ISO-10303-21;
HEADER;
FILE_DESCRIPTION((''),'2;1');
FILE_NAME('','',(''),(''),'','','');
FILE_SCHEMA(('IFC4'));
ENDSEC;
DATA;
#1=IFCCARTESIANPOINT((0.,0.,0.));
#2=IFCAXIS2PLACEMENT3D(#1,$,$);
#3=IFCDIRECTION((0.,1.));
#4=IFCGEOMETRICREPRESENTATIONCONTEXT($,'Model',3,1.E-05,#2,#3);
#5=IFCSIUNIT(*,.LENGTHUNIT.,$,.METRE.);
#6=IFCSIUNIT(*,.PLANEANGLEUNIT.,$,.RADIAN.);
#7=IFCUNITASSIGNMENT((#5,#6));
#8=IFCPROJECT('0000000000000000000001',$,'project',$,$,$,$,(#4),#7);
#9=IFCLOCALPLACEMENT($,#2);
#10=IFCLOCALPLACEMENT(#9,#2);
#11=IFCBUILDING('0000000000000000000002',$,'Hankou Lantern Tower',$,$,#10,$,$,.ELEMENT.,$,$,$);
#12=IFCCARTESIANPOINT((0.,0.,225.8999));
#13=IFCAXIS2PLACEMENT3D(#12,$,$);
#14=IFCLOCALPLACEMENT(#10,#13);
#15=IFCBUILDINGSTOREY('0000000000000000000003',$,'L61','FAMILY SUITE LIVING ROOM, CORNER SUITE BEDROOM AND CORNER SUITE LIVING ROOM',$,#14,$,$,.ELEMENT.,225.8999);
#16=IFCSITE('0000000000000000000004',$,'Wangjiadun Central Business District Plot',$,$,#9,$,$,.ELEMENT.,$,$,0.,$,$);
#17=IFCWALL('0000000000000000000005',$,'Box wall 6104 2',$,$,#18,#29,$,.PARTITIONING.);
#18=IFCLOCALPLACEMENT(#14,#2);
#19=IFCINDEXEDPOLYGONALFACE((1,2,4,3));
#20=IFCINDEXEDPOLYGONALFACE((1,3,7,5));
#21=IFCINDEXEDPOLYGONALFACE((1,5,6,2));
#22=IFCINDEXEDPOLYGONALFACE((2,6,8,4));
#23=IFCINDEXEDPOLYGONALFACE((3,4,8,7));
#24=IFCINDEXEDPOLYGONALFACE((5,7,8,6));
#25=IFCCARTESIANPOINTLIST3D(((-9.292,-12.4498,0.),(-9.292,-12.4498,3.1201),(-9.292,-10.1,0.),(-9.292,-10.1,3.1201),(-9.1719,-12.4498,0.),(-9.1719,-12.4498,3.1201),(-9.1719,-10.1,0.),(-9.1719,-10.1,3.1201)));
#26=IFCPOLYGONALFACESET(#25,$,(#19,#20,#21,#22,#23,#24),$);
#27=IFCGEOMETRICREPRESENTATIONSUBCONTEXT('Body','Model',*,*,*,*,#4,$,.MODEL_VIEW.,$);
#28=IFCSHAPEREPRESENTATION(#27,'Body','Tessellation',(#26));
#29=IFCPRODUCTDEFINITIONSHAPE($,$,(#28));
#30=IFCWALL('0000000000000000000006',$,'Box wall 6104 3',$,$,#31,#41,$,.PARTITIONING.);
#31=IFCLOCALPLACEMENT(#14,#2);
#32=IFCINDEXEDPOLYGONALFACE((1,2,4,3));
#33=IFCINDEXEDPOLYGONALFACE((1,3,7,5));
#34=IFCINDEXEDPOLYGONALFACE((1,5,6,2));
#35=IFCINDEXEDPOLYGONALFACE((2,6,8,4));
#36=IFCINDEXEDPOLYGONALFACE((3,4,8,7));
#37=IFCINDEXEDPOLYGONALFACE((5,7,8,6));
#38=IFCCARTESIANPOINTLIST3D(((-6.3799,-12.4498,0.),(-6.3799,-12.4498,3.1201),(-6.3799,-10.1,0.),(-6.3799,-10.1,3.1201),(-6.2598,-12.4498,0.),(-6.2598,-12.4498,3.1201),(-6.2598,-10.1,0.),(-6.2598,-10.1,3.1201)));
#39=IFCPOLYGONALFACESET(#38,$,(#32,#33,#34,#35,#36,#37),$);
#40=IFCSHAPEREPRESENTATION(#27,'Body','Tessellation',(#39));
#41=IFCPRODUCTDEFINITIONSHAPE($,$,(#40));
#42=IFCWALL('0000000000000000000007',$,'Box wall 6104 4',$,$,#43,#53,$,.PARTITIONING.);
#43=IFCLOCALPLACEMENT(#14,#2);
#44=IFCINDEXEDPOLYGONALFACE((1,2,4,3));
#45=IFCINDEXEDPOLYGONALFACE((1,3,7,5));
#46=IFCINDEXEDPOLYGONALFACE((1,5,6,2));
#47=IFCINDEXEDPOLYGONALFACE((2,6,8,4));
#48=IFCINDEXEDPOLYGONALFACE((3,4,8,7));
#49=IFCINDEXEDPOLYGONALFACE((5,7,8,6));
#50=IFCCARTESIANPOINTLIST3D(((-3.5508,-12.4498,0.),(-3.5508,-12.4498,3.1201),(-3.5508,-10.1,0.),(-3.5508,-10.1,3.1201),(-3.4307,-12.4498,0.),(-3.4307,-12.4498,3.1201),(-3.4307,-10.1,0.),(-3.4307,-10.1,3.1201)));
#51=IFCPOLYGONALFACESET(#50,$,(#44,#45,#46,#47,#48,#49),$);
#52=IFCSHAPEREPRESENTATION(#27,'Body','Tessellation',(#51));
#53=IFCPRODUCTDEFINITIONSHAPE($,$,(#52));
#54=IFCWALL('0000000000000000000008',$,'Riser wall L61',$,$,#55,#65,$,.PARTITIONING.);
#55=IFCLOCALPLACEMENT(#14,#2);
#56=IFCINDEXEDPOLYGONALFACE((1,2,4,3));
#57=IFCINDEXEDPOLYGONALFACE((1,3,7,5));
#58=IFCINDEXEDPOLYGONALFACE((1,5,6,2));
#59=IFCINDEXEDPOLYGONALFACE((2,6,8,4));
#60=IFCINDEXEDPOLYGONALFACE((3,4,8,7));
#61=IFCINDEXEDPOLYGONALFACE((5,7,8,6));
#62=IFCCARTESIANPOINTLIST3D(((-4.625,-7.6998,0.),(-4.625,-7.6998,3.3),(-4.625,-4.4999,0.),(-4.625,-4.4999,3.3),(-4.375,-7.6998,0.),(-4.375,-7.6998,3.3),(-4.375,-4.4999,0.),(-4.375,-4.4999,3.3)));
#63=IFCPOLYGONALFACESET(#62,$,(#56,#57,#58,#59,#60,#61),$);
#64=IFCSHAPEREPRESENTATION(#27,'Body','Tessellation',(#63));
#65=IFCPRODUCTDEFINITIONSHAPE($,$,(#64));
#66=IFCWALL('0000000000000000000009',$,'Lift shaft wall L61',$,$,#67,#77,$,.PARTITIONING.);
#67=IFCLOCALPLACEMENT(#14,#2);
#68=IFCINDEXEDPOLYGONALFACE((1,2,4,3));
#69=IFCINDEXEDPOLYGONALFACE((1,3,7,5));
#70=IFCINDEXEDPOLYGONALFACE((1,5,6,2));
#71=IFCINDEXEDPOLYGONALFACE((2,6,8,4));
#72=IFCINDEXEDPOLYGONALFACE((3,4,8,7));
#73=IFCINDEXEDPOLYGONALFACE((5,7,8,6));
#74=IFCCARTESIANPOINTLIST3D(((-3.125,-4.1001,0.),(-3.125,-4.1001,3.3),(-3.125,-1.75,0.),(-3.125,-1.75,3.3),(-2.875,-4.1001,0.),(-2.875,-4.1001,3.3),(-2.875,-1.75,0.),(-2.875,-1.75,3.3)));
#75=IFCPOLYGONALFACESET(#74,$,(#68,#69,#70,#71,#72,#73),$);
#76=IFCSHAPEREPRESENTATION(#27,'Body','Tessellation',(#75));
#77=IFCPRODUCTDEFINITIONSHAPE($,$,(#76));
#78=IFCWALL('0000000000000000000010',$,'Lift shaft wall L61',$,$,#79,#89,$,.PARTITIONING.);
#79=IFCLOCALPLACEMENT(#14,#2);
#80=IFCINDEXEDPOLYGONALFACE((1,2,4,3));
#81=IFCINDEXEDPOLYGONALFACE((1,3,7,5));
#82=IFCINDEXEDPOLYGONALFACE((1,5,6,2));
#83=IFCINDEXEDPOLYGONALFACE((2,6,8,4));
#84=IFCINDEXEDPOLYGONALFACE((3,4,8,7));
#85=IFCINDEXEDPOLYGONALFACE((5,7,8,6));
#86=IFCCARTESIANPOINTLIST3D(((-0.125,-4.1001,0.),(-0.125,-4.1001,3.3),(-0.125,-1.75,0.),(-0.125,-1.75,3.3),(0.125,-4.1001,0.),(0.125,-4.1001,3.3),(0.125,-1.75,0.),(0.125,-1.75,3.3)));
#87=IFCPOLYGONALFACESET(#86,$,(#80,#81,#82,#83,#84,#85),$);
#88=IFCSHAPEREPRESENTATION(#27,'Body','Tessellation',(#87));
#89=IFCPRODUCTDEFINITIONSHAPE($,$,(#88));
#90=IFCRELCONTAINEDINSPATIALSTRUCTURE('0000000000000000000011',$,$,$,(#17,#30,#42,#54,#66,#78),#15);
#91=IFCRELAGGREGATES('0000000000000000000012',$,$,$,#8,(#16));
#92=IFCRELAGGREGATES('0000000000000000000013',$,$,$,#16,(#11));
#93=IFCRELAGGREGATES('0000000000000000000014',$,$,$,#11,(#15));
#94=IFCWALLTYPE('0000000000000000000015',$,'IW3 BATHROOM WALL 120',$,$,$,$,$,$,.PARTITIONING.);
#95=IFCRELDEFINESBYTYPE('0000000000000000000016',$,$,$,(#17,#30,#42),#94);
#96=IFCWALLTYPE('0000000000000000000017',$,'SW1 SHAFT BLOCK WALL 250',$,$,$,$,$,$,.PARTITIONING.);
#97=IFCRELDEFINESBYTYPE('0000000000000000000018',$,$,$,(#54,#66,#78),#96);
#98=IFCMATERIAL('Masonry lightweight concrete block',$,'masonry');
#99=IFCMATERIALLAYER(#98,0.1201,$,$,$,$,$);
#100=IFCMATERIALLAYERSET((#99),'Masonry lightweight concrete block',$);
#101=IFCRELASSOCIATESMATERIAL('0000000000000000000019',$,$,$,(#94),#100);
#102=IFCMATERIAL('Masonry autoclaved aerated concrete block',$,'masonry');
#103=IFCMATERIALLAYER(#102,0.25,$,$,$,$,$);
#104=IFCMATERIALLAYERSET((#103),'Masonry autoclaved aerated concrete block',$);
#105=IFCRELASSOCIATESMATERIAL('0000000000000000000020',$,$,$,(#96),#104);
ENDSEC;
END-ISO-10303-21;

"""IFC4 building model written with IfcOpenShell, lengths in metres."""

from ifc_helpers import new_model, si_unit, direction, frame, frame_2d, origin, place, context, subcontext, project, spatial, rectangle, extrude, material, layer, layer_set, type_object, element, save


model = new_model("IFC4")

# Units and contexts
model_context = context("Model", 3, precision=1e-05, world=origin(), true_north=direction((0.0, 1.0)))
body_context = subcontext(model_context, "Body", "Model", "MODEL_VIEW")
ifc_project = project(units=[si_unit("LENGTHUNIT", "METRE"), si_unit("PLANEANGLEUNIT", "RADIAN")], contexts=[model_context])

# Site, building, storey
site_placement = place(None, origin())
site = spatial("IfcSite", under=ifc_project, at=site_placement, Name="Wangjiadun Central Business District Plot", CompositionType="ELEMENT", RefElevation=0.0)
building_placement = place(site_placement, origin())
building = spatial("IfcBuilding", under=site, at=building_placement, Name="Hankou Lantern Tower", CompositionType="ELEMENT")
storey_placement = place(building_placement, frame((0.0, 0.0, 225.8999)))
storey = spatial("IfcBuildingStorey", under=building, at=storey_placement, Name="L61", Description="FAMILY SUITE LIVING ROOM, CORNER SUITE BEDROOM AND CORNER SUITE LIVING ROOM", CompositionType="ELEMENT", Elevation=225.8999)

# Shared definitions
ifc_material_1 = material(Name="Masonry lightweight concrete block", Category="masonry")
ifc_layer_1 = layer(ifc_material_1, 0.1201)
ifc_layer_set_1 = layer_set([ifc_layer_1], Name="Masonry lightweight concrete block")
wall_type_1 = type_object("IfcWallType", Name="IW3 BATHROOM WALL 120", PredefinedType="PARTITIONING", material=ifc_layer_set_1)

# Walls
for number, where, z_axis, x_axis, name in (
    (1, (-9.2319, -10.1001, 0.0), (0.0, 0.0, 1.0), (0.0, -1.0, 0.0), "Box wall 6104 2"),
    (2, (-6.3198, -10.1001, 0.0), (0.0, 0.0, 1.0), (0.0, -1.0, 0.0), "Box wall 6104 3"),
    (3, (-3.4907, -10.1001, 0.0), (0.0, 0.0, 1.0), (0.0, -1.0, 0.0), "Box wall 6104 4"),
):
    element("IfcWall", number, at=place(storey_placement, frame(where, z_axis=z_axis, x_axis=x_axis)), inside=storey, type_object=wall_type_1, Name=name, PredefinedType="PARTITIONING", context=body_context, shape_type="SweptSolid", body=[
        extrude(rectangle(XDim=2.3499, YDim=0.1201, at=frame_2d((1.1748, 0.0))), origin(), (0.0, 0.0, 1.0), 3.1201),
    ])
ifc_material_2 = material(Name="Masonry autoclaved aerated concrete block", Category="masonry")
ifc_layer_2 = layer(ifc_material_2, 0.25)
ifc_layer_set_2 = layer_set([ifc_layer_2], Name="Masonry autoclaved aerated concrete block")
wall_type_2 = type_object("IfcWallType", Name="SW1 SHAFT BLOCK WALL 250", PredefinedType="PARTITIONING", material=ifc_layer_set_2)
wall_1_placement = place(storey_placement, frame((-4.5, -7.7, 0.0), z_axis=(0.0, 0.0, 1.0), x_axis=(0.0, 1.0, 0.0)))
element("IfcWall", 4, at=wall_1_placement, inside=storey, type_object=wall_type_2, Name="Riser wall L61", PredefinedType="PARTITIONING", context=body_context, shape_type="SweptSolid", body=[
    extrude(rectangle(XDim=3.2, YDim=0.25, at=frame_2d((1.6001, 0.0))), origin(), (0.0, 0.0, 1.0), 3.3),
])
for number, where, z_axis, x_axis, name in (
    (5, (-3.0, -4.1001, 0.0), (0.0, 0.0, 1.0), (0.0, 1.0, 0.0), "Lift shaft wall L61"),
    (6, (0.0, -4.1001, 0.0), (0.0, 0.0, 1.0), (0.0, 1.0, 0.0), "Lift shaft wall L61"),
):
    element("IfcWall", number, at=place(storey_placement, frame(where, z_axis=z_axis, x_axis=x_axis)), inside=storey, type_object=wall_type_2, Name=name, PredefinedType="PARTITIONING", context=body_context, shape_type="SweptSolid", body=[
        extrude(rectangle(XDim=2.3501, YDim=0.25, at=frame_2d((1.175, 0.0))), origin(), (0.0, 0.0, 1.0), 3.3),
    ])

save(model, "model.ifc")
